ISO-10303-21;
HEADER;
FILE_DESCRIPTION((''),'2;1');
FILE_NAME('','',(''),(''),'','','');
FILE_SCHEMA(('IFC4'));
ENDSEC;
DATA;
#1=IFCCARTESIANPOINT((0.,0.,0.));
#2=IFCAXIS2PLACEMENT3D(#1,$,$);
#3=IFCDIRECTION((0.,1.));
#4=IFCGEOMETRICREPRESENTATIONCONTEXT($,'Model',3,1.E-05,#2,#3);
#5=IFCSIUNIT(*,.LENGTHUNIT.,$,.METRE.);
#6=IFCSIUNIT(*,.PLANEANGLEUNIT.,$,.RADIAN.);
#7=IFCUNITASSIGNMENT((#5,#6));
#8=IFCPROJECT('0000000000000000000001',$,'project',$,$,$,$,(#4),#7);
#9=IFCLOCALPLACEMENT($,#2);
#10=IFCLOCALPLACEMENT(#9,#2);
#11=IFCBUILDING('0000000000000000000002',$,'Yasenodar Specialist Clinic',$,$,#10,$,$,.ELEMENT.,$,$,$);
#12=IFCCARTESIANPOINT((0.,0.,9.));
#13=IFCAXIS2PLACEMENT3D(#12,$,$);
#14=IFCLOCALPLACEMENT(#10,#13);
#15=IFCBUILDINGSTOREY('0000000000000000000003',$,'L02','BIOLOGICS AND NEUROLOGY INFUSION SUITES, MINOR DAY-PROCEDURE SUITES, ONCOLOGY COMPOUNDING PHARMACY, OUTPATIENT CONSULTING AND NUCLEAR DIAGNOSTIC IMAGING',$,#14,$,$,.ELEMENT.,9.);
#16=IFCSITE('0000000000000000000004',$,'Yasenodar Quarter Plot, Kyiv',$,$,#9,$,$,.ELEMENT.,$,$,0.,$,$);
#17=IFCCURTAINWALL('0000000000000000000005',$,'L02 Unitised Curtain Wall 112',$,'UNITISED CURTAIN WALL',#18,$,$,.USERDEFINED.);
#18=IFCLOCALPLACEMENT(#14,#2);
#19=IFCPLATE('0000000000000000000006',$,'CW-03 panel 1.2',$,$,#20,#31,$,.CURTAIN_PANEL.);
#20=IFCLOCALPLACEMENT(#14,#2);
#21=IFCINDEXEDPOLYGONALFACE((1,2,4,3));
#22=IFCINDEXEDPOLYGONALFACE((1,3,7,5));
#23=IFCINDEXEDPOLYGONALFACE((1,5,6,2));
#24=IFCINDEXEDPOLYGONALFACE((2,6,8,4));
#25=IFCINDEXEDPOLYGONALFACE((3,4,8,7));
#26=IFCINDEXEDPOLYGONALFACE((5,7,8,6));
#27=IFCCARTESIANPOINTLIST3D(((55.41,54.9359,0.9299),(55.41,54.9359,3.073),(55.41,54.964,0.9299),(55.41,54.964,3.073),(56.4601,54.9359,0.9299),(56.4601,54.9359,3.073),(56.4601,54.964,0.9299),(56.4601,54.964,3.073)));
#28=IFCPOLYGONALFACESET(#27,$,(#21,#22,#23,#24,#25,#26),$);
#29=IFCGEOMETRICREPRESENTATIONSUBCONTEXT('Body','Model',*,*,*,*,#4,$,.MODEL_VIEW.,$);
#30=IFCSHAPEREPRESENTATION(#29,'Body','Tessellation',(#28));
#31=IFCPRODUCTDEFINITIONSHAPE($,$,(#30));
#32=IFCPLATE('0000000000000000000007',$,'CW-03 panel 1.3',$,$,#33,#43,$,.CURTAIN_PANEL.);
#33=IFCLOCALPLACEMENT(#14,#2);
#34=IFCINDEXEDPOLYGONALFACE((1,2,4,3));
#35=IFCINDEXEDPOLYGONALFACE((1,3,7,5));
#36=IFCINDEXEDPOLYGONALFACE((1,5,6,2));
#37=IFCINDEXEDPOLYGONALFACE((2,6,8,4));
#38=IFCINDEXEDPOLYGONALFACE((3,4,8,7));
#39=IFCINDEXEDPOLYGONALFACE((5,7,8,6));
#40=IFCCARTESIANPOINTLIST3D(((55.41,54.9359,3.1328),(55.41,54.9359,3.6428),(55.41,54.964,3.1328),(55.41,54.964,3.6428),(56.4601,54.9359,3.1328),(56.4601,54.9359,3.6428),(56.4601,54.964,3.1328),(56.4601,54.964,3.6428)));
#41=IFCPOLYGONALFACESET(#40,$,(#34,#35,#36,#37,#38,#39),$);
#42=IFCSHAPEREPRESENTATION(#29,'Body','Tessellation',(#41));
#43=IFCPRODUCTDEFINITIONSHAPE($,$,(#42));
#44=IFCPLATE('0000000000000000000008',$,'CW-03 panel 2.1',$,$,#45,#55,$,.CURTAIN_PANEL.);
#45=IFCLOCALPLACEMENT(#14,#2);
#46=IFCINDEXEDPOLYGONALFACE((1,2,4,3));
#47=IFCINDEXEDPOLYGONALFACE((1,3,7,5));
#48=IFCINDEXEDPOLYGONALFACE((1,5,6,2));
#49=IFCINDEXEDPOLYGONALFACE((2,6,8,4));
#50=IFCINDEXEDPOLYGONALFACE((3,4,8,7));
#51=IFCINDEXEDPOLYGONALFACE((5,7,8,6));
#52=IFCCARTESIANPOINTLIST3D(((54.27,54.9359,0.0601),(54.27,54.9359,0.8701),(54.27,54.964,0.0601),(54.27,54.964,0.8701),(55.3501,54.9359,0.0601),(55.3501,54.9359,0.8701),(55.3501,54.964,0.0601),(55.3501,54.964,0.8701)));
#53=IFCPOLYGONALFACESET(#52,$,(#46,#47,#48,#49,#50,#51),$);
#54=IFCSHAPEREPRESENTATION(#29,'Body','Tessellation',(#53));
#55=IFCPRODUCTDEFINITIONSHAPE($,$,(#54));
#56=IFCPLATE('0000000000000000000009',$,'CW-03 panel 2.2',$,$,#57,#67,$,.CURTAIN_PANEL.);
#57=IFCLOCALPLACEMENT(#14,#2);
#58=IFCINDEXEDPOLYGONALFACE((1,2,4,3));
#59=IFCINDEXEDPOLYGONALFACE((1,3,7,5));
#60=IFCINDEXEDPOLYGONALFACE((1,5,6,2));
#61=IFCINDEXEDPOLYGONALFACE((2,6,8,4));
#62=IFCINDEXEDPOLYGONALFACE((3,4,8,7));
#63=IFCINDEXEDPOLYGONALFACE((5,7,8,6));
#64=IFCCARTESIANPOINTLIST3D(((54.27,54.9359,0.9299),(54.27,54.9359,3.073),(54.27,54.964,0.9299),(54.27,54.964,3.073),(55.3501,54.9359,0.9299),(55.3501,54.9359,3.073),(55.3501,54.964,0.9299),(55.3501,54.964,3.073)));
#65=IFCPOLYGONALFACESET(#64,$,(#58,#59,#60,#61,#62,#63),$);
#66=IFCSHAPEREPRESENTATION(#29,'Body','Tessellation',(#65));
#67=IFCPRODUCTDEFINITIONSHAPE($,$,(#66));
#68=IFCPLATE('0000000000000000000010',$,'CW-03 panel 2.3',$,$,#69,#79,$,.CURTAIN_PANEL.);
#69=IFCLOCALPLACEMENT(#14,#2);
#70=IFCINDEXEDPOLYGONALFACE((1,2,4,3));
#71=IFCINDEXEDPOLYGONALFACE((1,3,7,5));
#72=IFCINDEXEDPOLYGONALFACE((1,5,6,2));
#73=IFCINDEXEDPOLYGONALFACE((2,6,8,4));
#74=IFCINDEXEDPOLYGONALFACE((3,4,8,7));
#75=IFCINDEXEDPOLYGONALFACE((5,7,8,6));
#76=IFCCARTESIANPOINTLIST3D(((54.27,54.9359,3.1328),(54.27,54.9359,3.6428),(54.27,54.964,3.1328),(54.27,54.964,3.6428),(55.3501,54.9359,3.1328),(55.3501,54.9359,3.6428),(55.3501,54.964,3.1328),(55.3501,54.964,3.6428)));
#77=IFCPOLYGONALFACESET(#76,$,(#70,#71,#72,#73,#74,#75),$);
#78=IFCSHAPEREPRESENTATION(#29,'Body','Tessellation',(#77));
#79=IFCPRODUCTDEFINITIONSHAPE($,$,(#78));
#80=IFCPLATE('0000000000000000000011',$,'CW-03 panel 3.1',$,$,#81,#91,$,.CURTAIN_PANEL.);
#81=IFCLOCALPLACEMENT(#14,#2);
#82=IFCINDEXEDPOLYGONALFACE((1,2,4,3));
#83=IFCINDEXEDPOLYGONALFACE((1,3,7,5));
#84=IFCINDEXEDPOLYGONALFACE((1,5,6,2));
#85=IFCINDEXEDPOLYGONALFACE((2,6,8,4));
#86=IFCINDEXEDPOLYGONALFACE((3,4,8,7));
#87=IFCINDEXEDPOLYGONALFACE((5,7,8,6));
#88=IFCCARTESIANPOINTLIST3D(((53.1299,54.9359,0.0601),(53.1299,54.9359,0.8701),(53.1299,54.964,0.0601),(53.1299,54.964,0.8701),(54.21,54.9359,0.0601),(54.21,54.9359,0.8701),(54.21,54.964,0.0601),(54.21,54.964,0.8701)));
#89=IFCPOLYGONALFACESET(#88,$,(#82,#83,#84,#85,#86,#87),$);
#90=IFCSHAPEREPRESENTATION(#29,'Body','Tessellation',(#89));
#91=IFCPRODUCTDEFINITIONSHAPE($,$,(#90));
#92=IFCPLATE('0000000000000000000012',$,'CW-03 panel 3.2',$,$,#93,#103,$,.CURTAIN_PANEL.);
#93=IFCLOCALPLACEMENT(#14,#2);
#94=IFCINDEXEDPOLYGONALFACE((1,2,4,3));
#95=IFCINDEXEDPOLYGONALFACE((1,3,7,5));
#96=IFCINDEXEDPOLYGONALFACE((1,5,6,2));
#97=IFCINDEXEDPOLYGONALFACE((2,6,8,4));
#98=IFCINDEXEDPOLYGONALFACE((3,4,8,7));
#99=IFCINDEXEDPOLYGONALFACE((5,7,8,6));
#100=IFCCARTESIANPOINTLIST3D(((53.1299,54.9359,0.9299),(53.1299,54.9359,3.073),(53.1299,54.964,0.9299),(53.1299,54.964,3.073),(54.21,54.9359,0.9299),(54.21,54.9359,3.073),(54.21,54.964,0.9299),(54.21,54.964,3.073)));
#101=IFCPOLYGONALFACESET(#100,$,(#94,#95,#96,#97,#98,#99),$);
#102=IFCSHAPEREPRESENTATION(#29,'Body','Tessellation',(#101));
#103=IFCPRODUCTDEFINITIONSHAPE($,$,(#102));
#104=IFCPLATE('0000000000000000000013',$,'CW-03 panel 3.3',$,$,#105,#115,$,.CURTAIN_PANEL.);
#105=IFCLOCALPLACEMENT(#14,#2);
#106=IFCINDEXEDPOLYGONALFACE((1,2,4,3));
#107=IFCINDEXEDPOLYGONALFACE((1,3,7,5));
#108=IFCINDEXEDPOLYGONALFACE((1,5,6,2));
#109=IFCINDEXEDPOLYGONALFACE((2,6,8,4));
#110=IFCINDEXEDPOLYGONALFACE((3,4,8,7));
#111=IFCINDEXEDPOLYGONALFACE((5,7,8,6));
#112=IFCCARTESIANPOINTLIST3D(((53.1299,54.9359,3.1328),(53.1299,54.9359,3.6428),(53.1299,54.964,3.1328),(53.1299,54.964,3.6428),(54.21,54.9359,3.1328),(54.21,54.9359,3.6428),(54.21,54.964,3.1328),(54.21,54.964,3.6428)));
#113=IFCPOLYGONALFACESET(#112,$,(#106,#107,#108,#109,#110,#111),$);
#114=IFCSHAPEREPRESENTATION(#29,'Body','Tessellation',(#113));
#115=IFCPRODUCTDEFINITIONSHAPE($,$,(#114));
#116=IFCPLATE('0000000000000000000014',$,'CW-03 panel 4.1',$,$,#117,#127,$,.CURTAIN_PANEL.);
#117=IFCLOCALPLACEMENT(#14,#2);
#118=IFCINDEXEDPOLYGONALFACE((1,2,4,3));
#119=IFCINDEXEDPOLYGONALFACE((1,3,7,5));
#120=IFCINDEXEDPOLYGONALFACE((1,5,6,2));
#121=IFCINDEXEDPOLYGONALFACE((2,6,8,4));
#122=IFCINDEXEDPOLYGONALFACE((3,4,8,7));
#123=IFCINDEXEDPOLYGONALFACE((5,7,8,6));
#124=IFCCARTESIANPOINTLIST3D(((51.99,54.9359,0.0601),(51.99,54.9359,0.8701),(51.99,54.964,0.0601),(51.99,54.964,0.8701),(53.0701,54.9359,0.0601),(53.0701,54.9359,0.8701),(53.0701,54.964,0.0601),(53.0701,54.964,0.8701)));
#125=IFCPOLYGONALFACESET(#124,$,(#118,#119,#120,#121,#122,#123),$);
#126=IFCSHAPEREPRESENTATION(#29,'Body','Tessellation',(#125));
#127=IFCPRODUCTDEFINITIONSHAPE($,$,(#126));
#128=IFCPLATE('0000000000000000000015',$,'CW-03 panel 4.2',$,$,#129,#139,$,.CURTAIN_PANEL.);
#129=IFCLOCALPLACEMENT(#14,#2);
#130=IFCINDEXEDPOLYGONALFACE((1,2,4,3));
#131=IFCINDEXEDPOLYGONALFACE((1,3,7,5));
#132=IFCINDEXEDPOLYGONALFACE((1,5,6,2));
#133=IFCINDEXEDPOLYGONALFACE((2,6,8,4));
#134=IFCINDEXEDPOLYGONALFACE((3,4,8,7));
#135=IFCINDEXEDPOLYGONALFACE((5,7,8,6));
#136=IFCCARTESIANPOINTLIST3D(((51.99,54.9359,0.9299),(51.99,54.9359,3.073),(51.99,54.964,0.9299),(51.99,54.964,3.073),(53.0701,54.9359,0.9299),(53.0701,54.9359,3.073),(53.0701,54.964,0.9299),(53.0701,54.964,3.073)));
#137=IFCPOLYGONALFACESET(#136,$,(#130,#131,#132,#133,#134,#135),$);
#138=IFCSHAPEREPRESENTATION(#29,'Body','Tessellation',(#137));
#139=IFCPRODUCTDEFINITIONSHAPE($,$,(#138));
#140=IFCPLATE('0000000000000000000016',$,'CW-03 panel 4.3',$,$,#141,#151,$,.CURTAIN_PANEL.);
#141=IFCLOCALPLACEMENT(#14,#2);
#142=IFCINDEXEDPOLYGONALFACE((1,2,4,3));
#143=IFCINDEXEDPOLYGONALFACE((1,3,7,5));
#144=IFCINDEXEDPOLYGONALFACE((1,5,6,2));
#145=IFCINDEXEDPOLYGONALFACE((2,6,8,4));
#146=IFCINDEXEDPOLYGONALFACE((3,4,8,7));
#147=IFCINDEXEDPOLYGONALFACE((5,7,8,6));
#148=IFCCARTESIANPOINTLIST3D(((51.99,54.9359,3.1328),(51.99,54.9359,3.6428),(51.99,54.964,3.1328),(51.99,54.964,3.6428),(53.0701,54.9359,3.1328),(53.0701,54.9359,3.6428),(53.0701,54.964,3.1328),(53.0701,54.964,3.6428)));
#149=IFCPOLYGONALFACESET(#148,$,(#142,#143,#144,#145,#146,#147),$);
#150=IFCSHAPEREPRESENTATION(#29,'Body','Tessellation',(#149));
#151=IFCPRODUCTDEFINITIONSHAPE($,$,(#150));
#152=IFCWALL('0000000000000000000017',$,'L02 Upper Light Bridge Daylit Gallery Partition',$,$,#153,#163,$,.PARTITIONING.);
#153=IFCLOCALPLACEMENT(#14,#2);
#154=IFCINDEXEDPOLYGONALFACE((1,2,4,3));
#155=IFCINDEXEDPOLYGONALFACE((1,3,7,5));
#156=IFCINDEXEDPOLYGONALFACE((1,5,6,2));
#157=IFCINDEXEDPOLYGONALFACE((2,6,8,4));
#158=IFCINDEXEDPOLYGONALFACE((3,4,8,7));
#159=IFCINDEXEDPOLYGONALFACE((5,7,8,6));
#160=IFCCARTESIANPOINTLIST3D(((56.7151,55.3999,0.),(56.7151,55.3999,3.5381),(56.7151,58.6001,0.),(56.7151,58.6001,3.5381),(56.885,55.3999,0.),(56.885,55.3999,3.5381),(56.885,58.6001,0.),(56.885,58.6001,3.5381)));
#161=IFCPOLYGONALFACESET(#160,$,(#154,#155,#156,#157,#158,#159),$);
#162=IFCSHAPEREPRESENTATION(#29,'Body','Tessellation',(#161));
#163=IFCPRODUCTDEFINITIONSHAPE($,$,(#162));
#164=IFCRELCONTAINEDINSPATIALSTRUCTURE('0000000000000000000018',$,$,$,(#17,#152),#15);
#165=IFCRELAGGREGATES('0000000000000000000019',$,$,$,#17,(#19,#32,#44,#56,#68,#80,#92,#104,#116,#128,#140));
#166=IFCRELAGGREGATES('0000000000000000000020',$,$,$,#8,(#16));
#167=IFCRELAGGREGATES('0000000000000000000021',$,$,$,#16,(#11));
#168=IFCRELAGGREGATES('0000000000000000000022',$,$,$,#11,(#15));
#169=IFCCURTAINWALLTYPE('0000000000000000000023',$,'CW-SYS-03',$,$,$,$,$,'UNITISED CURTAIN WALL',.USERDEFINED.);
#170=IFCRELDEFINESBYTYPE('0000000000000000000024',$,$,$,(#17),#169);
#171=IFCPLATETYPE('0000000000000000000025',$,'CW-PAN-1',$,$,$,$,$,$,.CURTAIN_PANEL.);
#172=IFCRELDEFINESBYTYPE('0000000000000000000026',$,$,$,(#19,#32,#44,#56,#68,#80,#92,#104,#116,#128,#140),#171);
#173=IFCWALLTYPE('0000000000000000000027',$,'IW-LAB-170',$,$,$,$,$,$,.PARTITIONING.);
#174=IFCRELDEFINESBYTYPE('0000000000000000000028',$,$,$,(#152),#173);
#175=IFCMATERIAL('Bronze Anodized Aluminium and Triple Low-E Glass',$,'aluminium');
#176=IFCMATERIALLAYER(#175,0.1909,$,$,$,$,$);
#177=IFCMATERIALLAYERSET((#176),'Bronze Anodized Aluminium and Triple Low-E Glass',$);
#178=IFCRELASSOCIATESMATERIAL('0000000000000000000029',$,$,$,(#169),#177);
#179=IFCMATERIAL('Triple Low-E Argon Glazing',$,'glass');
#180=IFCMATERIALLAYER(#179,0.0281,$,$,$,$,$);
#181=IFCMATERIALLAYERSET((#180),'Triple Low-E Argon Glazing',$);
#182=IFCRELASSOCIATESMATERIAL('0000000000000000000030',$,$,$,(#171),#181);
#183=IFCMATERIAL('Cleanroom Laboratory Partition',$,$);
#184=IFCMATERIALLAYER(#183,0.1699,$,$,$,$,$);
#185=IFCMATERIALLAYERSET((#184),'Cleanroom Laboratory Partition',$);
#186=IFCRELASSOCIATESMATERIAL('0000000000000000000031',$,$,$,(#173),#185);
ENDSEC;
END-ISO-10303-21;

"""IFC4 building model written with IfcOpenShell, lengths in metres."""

from ifc_helpers import new_model, si_unit, direction, frame, frame_2d, origin, origin_2d, place, context, subcontext, project, spatial, rectangle, extrude, material, layer, layer_set, type_object, element, aggregate, save


model = new_model("IFC4")

# Units and contexts
model_context = context("Model", 3, precision=1e-05, world=origin(), true_north=direction((0.0, 1.0)))
body_context = subcontext(model_context, "Body", "Model", "MODEL_VIEW")
ifc_project = project(units=[si_unit("LENGTHUNIT", "METRE"), si_unit("PLANEANGLEUNIT", "RADIAN")], contexts=[model_context])

# Site, building, storey
site_placement = place(None, origin())
site = spatial("IfcSite", under=ifc_project, at=site_placement, Name="Yasenodar Quarter Plot, Kyiv", CompositionType="ELEMENT", RefElevation=0.0)
building_placement = place(site_placement, origin())
building = spatial("IfcBuilding", under=site, at=building_placement, Name="Yasenodar Specialist Clinic", CompositionType="ELEMENT")
storey_placement = place(building_placement, frame((0.0, 0.0, 9.0)))
storey = spatial("IfcBuildingStorey", under=building, at=storey_placement, Name="L02", Description="BIOLOGICS AND NEUROLOGY INFUSION SUITES, MINOR DAY-PROCEDURE SUITES, ONCOLOGY COMPOUNDING PHARMACY, OUTPATIENT CONSULTING AND NUCLEAR DIAGNOSTIC IMAGING", CompositionType="ELEMENT", Elevation=9.0)

# Curtain wall, plates
ifc_material_1 = material(Name="Bronze Anodized Aluminium and Triple Low-E Glass", Category="aluminium")
ifc_layer_1 = layer(ifc_material_1, 0.1909)
ifc_layer_set_1 = layer_set([ifc_layer_1], Name="Bronze Anodized Aluminium and Triple Low-E Glass")
curtain_wall_type = type_object("IfcCurtainWallType", Name="CW-SYS-03", ElementType="UNITISED CURTAIN WALL", PredefinedType="USERDEFINED", material=ifc_layer_set_1)
curtain_wall_placement = place(storey_placement, origin())
curtain_wall = element("IfcCurtainWall", 1, at=curtain_wall_placement, inside=storey, type_object=curtain_wall_type, Name="L02 Unitised Curtain Wall 112", ObjectType="UNITISED CURTAIN WALL", PredefinedType="USERDEFINED")
ifc_material_2 = material(Name="Triple Low-E Argon Glazing", Category="glass")
ifc_layer_2 = layer(ifc_material_2, 0.0281)
ifc_layer_set_2 = layer_set([ifc_layer_2], Name="Triple Low-E Argon Glazing")
plate_type = type_object("IfcPlateType", Name="CW-PAN-1", PredefinedType="CURTAIN_PANEL", material=ifc_layer_set_2)
plate_1_placement = place(storey_placement, frame((55.9351, 54.95, 0.9299), z_axis=(0.0, 0.0, 1.0), x_axis=(-1.0, 0.0, 0.0)))
plate_1 = element("IfcPlate", 2, at=plate_1_placement, type_object=plate_type, Name="CW-03 panel 1.2", PredefinedType="CURTAIN_PANEL", context=body_context, shape_type="SweptSolid", body=[
    extrude(rectangle(XDim=1.05, YDim=0.0281, at=origin_2d()), origin(), (0.0, 0.0, 1.0), 2.1431),
])
plate_2_placement = place(storey_placement, frame((55.9351, 54.95, 3.1328), z_axis=(0.0, 0.0, 1.0), x_axis=(-1.0, 0.0, 0.0)))
plate_2 = element("IfcPlate", 3, at=plate_2_placement, type_object=plate_type, Name="CW-03 panel 1.3", PredefinedType="CURTAIN_PANEL", context=body_context, shape_type="SweptSolid", body=[
    extrude(rectangle(XDim=1.05, YDim=0.0281, at=origin_2d()), origin(), (0.0, 0.0, 1.0), 0.51),
])
plate_3_placement = place(storey_placement, frame((54.8101, 54.95, 0.0601), z_axis=(0.0, 0.0, 1.0), x_axis=(-1.0, 0.0, 0.0)))
plate_3 = element("IfcPlate", 4, at=plate_3_placement, type_object=plate_type, Name="CW-03 panel 2.1", PredefinedType="CURTAIN_PANEL", context=body_context, shape_type="SweptSolid", body=[
    extrude(rectangle(XDim=1.0801, YDim=0.0281, at=origin_2d()), origin(), (0.0, 0.0, 1.0), 0.8101),
])
plate_4_placement = place(storey_placement, frame((54.8101, 54.95, 0.9299), z_axis=(0.0, 0.0, 1.0), x_axis=(-1.0, 0.0, 0.0)))
plate_4 = element("IfcPlate", 5, at=plate_4_placement, type_object=plate_type, Name="CW-03 panel 2.2", PredefinedType="CURTAIN_PANEL", context=body_context, shape_type="SweptSolid", body=[
    extrude(rectangle(XDim=1.0801, YDim=0.0281, at=origin_2d()), origin(), (0.0, 0.0, 1.0), 2.1431),
])
plate_5_placement = place(storey_placement, frame((54.8101, 54.95, 3.1328), z_axis=(0.0, 0.0, 1.0), x_axis=(-1.0, 0.0, 0.0)))
plate_5 = element("IfcPlate", 6, at=plate_5_placement, type_object=plate_type, Name="CW-03 panel 2.3", PredefinedType="CURTAIN_PANEL", context=body_context, shape_type="SweptSolid", body=[
    extrude(rectangle(XDim=1.0801, YDim=0.0281, at=origin_2d()), origin(), (0.0, 0.0, 1.0), 0.51),
])
plate_6_placement = place(storey_placement, frame((53.6699, 54.95, 0.0601), z_axis=(0.0, 0.0, 1.0), x_axis=(-1.0, 0.0, 0.0)))
plate_6 = element("IfcPlate", 7, at=plate_6_placement, type_object=plate_type, Name="CW-03 panel 3.1", PredefinedType="CURTAIN_PANEL", context=body_context, shape_type="SweptSolid", body=[
    extrude(rectangle(XDim=1.0801, YDim=0.0281, at=origin_2d()), origin(), (0.0, 0.0, 1.0), 0.8101),
])
plate_7_placement = place(storey_placement, frame((53.6699, 54.95, 0.9299), z_axis=(0.0, 0.0, 1.0), x_axis=(-1.0, 0.0, 0.0)))
plate_7 = element("IfcPlate", 8, at=plate_7_placement, type_object=plate_type, Name="CW-03 panel 3.2", PredefinedType="CURTAIN_PANEL", context=body_context, shape_type="SweptSolid", body=[
    extrude(rectangle(XDim=1.0801, YDim=0.0281, at=origin_2d()), origin(), (0.0, 0.0, 1.0), 2.1431),
])
plate_8_placement = place(storey_placement, frame((53.6699, 54.95, 3.1328), z_axis=(0.0, 0.0, 1.0), x_axis=(-1.0, 0.0, 0.0)))
plate_8 = element("IfcPlate", 9, at=plate_8_placement, type_object=plate_type, Name="CW-03 panel 3.3", PredefinedType="CURTAIN_PANEL", context=body_context, shape_type="SweptSolid", body=[
    extrude(rectangle(XDim=1.0801, YDim=0.0281, at=origin_2d()), origin(), (0.0, 0.0, 1.0), 0.51),
])
plate_9_placement = place(storey_placement, frame((52.53, 54.95, 0.0601), z_axis=(0.0, 0.0, 1.0), x_axis=(-1.0, 0.0, 0.0)))
plate_9 = element("IfcPlate", 10, at=plate_9_placement, type_object=plate_type, Name="CW-03 panel 4.1", PredefinedType="CURTAIN_PANEL", context=body_context, shape_type="SweptSolid", body=[
    extrude(rectangle(XDim=1.0801, YDim=0.0281, at=origin_2d()), origin(), (0.0, 0.0, 1.0), 0.8101),
])
plate_10_placement = place(storey_placement, frame((52.53, 54.95, 0.9299), z_axis=(0.0, 0.0, 1.0), x_axis=(-1.0, 0.0, 0.0)))
plate_10 = element("IfcPlate", 11, at=plate_10_placement, type_object=plate_type, Name="CW-03 panel 4.2", PredefinedType="CURTAIN_PANEL", context=body_context, shape_type="SweptSolid", body=[
    extrude(rectangle(XDim=1.0801, YDim=0.0281, at=origin_2d()), origin(), (0.0, 0.0, 1.0), 2.1431),
])
plate_11_placement = place(storey_placement, frame((52.53, 54.95, 3.1328), z_axis=(0.0, 0.0, 1.0), x_axis=(-1.0, 0.0, 0.0)))
plate_11 = element("IfcPlate", 12, at=plate_11_placement, type_object=plate_type, Name="CW-03 panel 4.3", PredefinedType="CURTAIN_PANEL", context=body_context, shape_type="SweptSolid", body=[
    extrude(rectangle(XDim=1.0801, YDim=0.0281, at=origin_2d()), origin(), (0.0, 0.0, 1.0), 0.51),
])
aggregate(curtain_wall, [plate_1, plate_2, plate_3, plate_4, plate_5, plate_6, plate_7, plate_8, plate_9, plate_10, plate_11])

# Wall
ifc_material_3 = material(Name="Cleanroom Laboratory Partition")
ifc_layer_3 = layer(ifc_material_3, 0.1699)
ifc_layer_set_3 = layer_set([ifc_layer_3], Name="Cleanroom Laboratory Partition")
wall_type = type_object("IfcWallType", Name="IW-LAB-170", PredefinedType="PARTITIONING", material=ifc_layer_set_3)
wall_placement = place(storey_placement, frame((56.8, 58.6001, 0.0), z_axis=(0.0, 0.0, 1.0), x_axis=(0.0, -1.0, 0.0)))
element("IfcWall", 13, at=wall_placement, inside=storey, type_object=wall_type, Name="L02 Upper Light Bridge Daylit Gallery Partition", PredefinedType="PARTITIONING", context=body_context, shape_type="SweptSolid", body=[
    extrude(rectangle(XDim=3.2002, YDim=0.1699, at=frame_2d((1.6001, 0.0))), origin(), (0.0, 0.0, 1.0), 3.5381),
])

save(model, "model.ifc")
